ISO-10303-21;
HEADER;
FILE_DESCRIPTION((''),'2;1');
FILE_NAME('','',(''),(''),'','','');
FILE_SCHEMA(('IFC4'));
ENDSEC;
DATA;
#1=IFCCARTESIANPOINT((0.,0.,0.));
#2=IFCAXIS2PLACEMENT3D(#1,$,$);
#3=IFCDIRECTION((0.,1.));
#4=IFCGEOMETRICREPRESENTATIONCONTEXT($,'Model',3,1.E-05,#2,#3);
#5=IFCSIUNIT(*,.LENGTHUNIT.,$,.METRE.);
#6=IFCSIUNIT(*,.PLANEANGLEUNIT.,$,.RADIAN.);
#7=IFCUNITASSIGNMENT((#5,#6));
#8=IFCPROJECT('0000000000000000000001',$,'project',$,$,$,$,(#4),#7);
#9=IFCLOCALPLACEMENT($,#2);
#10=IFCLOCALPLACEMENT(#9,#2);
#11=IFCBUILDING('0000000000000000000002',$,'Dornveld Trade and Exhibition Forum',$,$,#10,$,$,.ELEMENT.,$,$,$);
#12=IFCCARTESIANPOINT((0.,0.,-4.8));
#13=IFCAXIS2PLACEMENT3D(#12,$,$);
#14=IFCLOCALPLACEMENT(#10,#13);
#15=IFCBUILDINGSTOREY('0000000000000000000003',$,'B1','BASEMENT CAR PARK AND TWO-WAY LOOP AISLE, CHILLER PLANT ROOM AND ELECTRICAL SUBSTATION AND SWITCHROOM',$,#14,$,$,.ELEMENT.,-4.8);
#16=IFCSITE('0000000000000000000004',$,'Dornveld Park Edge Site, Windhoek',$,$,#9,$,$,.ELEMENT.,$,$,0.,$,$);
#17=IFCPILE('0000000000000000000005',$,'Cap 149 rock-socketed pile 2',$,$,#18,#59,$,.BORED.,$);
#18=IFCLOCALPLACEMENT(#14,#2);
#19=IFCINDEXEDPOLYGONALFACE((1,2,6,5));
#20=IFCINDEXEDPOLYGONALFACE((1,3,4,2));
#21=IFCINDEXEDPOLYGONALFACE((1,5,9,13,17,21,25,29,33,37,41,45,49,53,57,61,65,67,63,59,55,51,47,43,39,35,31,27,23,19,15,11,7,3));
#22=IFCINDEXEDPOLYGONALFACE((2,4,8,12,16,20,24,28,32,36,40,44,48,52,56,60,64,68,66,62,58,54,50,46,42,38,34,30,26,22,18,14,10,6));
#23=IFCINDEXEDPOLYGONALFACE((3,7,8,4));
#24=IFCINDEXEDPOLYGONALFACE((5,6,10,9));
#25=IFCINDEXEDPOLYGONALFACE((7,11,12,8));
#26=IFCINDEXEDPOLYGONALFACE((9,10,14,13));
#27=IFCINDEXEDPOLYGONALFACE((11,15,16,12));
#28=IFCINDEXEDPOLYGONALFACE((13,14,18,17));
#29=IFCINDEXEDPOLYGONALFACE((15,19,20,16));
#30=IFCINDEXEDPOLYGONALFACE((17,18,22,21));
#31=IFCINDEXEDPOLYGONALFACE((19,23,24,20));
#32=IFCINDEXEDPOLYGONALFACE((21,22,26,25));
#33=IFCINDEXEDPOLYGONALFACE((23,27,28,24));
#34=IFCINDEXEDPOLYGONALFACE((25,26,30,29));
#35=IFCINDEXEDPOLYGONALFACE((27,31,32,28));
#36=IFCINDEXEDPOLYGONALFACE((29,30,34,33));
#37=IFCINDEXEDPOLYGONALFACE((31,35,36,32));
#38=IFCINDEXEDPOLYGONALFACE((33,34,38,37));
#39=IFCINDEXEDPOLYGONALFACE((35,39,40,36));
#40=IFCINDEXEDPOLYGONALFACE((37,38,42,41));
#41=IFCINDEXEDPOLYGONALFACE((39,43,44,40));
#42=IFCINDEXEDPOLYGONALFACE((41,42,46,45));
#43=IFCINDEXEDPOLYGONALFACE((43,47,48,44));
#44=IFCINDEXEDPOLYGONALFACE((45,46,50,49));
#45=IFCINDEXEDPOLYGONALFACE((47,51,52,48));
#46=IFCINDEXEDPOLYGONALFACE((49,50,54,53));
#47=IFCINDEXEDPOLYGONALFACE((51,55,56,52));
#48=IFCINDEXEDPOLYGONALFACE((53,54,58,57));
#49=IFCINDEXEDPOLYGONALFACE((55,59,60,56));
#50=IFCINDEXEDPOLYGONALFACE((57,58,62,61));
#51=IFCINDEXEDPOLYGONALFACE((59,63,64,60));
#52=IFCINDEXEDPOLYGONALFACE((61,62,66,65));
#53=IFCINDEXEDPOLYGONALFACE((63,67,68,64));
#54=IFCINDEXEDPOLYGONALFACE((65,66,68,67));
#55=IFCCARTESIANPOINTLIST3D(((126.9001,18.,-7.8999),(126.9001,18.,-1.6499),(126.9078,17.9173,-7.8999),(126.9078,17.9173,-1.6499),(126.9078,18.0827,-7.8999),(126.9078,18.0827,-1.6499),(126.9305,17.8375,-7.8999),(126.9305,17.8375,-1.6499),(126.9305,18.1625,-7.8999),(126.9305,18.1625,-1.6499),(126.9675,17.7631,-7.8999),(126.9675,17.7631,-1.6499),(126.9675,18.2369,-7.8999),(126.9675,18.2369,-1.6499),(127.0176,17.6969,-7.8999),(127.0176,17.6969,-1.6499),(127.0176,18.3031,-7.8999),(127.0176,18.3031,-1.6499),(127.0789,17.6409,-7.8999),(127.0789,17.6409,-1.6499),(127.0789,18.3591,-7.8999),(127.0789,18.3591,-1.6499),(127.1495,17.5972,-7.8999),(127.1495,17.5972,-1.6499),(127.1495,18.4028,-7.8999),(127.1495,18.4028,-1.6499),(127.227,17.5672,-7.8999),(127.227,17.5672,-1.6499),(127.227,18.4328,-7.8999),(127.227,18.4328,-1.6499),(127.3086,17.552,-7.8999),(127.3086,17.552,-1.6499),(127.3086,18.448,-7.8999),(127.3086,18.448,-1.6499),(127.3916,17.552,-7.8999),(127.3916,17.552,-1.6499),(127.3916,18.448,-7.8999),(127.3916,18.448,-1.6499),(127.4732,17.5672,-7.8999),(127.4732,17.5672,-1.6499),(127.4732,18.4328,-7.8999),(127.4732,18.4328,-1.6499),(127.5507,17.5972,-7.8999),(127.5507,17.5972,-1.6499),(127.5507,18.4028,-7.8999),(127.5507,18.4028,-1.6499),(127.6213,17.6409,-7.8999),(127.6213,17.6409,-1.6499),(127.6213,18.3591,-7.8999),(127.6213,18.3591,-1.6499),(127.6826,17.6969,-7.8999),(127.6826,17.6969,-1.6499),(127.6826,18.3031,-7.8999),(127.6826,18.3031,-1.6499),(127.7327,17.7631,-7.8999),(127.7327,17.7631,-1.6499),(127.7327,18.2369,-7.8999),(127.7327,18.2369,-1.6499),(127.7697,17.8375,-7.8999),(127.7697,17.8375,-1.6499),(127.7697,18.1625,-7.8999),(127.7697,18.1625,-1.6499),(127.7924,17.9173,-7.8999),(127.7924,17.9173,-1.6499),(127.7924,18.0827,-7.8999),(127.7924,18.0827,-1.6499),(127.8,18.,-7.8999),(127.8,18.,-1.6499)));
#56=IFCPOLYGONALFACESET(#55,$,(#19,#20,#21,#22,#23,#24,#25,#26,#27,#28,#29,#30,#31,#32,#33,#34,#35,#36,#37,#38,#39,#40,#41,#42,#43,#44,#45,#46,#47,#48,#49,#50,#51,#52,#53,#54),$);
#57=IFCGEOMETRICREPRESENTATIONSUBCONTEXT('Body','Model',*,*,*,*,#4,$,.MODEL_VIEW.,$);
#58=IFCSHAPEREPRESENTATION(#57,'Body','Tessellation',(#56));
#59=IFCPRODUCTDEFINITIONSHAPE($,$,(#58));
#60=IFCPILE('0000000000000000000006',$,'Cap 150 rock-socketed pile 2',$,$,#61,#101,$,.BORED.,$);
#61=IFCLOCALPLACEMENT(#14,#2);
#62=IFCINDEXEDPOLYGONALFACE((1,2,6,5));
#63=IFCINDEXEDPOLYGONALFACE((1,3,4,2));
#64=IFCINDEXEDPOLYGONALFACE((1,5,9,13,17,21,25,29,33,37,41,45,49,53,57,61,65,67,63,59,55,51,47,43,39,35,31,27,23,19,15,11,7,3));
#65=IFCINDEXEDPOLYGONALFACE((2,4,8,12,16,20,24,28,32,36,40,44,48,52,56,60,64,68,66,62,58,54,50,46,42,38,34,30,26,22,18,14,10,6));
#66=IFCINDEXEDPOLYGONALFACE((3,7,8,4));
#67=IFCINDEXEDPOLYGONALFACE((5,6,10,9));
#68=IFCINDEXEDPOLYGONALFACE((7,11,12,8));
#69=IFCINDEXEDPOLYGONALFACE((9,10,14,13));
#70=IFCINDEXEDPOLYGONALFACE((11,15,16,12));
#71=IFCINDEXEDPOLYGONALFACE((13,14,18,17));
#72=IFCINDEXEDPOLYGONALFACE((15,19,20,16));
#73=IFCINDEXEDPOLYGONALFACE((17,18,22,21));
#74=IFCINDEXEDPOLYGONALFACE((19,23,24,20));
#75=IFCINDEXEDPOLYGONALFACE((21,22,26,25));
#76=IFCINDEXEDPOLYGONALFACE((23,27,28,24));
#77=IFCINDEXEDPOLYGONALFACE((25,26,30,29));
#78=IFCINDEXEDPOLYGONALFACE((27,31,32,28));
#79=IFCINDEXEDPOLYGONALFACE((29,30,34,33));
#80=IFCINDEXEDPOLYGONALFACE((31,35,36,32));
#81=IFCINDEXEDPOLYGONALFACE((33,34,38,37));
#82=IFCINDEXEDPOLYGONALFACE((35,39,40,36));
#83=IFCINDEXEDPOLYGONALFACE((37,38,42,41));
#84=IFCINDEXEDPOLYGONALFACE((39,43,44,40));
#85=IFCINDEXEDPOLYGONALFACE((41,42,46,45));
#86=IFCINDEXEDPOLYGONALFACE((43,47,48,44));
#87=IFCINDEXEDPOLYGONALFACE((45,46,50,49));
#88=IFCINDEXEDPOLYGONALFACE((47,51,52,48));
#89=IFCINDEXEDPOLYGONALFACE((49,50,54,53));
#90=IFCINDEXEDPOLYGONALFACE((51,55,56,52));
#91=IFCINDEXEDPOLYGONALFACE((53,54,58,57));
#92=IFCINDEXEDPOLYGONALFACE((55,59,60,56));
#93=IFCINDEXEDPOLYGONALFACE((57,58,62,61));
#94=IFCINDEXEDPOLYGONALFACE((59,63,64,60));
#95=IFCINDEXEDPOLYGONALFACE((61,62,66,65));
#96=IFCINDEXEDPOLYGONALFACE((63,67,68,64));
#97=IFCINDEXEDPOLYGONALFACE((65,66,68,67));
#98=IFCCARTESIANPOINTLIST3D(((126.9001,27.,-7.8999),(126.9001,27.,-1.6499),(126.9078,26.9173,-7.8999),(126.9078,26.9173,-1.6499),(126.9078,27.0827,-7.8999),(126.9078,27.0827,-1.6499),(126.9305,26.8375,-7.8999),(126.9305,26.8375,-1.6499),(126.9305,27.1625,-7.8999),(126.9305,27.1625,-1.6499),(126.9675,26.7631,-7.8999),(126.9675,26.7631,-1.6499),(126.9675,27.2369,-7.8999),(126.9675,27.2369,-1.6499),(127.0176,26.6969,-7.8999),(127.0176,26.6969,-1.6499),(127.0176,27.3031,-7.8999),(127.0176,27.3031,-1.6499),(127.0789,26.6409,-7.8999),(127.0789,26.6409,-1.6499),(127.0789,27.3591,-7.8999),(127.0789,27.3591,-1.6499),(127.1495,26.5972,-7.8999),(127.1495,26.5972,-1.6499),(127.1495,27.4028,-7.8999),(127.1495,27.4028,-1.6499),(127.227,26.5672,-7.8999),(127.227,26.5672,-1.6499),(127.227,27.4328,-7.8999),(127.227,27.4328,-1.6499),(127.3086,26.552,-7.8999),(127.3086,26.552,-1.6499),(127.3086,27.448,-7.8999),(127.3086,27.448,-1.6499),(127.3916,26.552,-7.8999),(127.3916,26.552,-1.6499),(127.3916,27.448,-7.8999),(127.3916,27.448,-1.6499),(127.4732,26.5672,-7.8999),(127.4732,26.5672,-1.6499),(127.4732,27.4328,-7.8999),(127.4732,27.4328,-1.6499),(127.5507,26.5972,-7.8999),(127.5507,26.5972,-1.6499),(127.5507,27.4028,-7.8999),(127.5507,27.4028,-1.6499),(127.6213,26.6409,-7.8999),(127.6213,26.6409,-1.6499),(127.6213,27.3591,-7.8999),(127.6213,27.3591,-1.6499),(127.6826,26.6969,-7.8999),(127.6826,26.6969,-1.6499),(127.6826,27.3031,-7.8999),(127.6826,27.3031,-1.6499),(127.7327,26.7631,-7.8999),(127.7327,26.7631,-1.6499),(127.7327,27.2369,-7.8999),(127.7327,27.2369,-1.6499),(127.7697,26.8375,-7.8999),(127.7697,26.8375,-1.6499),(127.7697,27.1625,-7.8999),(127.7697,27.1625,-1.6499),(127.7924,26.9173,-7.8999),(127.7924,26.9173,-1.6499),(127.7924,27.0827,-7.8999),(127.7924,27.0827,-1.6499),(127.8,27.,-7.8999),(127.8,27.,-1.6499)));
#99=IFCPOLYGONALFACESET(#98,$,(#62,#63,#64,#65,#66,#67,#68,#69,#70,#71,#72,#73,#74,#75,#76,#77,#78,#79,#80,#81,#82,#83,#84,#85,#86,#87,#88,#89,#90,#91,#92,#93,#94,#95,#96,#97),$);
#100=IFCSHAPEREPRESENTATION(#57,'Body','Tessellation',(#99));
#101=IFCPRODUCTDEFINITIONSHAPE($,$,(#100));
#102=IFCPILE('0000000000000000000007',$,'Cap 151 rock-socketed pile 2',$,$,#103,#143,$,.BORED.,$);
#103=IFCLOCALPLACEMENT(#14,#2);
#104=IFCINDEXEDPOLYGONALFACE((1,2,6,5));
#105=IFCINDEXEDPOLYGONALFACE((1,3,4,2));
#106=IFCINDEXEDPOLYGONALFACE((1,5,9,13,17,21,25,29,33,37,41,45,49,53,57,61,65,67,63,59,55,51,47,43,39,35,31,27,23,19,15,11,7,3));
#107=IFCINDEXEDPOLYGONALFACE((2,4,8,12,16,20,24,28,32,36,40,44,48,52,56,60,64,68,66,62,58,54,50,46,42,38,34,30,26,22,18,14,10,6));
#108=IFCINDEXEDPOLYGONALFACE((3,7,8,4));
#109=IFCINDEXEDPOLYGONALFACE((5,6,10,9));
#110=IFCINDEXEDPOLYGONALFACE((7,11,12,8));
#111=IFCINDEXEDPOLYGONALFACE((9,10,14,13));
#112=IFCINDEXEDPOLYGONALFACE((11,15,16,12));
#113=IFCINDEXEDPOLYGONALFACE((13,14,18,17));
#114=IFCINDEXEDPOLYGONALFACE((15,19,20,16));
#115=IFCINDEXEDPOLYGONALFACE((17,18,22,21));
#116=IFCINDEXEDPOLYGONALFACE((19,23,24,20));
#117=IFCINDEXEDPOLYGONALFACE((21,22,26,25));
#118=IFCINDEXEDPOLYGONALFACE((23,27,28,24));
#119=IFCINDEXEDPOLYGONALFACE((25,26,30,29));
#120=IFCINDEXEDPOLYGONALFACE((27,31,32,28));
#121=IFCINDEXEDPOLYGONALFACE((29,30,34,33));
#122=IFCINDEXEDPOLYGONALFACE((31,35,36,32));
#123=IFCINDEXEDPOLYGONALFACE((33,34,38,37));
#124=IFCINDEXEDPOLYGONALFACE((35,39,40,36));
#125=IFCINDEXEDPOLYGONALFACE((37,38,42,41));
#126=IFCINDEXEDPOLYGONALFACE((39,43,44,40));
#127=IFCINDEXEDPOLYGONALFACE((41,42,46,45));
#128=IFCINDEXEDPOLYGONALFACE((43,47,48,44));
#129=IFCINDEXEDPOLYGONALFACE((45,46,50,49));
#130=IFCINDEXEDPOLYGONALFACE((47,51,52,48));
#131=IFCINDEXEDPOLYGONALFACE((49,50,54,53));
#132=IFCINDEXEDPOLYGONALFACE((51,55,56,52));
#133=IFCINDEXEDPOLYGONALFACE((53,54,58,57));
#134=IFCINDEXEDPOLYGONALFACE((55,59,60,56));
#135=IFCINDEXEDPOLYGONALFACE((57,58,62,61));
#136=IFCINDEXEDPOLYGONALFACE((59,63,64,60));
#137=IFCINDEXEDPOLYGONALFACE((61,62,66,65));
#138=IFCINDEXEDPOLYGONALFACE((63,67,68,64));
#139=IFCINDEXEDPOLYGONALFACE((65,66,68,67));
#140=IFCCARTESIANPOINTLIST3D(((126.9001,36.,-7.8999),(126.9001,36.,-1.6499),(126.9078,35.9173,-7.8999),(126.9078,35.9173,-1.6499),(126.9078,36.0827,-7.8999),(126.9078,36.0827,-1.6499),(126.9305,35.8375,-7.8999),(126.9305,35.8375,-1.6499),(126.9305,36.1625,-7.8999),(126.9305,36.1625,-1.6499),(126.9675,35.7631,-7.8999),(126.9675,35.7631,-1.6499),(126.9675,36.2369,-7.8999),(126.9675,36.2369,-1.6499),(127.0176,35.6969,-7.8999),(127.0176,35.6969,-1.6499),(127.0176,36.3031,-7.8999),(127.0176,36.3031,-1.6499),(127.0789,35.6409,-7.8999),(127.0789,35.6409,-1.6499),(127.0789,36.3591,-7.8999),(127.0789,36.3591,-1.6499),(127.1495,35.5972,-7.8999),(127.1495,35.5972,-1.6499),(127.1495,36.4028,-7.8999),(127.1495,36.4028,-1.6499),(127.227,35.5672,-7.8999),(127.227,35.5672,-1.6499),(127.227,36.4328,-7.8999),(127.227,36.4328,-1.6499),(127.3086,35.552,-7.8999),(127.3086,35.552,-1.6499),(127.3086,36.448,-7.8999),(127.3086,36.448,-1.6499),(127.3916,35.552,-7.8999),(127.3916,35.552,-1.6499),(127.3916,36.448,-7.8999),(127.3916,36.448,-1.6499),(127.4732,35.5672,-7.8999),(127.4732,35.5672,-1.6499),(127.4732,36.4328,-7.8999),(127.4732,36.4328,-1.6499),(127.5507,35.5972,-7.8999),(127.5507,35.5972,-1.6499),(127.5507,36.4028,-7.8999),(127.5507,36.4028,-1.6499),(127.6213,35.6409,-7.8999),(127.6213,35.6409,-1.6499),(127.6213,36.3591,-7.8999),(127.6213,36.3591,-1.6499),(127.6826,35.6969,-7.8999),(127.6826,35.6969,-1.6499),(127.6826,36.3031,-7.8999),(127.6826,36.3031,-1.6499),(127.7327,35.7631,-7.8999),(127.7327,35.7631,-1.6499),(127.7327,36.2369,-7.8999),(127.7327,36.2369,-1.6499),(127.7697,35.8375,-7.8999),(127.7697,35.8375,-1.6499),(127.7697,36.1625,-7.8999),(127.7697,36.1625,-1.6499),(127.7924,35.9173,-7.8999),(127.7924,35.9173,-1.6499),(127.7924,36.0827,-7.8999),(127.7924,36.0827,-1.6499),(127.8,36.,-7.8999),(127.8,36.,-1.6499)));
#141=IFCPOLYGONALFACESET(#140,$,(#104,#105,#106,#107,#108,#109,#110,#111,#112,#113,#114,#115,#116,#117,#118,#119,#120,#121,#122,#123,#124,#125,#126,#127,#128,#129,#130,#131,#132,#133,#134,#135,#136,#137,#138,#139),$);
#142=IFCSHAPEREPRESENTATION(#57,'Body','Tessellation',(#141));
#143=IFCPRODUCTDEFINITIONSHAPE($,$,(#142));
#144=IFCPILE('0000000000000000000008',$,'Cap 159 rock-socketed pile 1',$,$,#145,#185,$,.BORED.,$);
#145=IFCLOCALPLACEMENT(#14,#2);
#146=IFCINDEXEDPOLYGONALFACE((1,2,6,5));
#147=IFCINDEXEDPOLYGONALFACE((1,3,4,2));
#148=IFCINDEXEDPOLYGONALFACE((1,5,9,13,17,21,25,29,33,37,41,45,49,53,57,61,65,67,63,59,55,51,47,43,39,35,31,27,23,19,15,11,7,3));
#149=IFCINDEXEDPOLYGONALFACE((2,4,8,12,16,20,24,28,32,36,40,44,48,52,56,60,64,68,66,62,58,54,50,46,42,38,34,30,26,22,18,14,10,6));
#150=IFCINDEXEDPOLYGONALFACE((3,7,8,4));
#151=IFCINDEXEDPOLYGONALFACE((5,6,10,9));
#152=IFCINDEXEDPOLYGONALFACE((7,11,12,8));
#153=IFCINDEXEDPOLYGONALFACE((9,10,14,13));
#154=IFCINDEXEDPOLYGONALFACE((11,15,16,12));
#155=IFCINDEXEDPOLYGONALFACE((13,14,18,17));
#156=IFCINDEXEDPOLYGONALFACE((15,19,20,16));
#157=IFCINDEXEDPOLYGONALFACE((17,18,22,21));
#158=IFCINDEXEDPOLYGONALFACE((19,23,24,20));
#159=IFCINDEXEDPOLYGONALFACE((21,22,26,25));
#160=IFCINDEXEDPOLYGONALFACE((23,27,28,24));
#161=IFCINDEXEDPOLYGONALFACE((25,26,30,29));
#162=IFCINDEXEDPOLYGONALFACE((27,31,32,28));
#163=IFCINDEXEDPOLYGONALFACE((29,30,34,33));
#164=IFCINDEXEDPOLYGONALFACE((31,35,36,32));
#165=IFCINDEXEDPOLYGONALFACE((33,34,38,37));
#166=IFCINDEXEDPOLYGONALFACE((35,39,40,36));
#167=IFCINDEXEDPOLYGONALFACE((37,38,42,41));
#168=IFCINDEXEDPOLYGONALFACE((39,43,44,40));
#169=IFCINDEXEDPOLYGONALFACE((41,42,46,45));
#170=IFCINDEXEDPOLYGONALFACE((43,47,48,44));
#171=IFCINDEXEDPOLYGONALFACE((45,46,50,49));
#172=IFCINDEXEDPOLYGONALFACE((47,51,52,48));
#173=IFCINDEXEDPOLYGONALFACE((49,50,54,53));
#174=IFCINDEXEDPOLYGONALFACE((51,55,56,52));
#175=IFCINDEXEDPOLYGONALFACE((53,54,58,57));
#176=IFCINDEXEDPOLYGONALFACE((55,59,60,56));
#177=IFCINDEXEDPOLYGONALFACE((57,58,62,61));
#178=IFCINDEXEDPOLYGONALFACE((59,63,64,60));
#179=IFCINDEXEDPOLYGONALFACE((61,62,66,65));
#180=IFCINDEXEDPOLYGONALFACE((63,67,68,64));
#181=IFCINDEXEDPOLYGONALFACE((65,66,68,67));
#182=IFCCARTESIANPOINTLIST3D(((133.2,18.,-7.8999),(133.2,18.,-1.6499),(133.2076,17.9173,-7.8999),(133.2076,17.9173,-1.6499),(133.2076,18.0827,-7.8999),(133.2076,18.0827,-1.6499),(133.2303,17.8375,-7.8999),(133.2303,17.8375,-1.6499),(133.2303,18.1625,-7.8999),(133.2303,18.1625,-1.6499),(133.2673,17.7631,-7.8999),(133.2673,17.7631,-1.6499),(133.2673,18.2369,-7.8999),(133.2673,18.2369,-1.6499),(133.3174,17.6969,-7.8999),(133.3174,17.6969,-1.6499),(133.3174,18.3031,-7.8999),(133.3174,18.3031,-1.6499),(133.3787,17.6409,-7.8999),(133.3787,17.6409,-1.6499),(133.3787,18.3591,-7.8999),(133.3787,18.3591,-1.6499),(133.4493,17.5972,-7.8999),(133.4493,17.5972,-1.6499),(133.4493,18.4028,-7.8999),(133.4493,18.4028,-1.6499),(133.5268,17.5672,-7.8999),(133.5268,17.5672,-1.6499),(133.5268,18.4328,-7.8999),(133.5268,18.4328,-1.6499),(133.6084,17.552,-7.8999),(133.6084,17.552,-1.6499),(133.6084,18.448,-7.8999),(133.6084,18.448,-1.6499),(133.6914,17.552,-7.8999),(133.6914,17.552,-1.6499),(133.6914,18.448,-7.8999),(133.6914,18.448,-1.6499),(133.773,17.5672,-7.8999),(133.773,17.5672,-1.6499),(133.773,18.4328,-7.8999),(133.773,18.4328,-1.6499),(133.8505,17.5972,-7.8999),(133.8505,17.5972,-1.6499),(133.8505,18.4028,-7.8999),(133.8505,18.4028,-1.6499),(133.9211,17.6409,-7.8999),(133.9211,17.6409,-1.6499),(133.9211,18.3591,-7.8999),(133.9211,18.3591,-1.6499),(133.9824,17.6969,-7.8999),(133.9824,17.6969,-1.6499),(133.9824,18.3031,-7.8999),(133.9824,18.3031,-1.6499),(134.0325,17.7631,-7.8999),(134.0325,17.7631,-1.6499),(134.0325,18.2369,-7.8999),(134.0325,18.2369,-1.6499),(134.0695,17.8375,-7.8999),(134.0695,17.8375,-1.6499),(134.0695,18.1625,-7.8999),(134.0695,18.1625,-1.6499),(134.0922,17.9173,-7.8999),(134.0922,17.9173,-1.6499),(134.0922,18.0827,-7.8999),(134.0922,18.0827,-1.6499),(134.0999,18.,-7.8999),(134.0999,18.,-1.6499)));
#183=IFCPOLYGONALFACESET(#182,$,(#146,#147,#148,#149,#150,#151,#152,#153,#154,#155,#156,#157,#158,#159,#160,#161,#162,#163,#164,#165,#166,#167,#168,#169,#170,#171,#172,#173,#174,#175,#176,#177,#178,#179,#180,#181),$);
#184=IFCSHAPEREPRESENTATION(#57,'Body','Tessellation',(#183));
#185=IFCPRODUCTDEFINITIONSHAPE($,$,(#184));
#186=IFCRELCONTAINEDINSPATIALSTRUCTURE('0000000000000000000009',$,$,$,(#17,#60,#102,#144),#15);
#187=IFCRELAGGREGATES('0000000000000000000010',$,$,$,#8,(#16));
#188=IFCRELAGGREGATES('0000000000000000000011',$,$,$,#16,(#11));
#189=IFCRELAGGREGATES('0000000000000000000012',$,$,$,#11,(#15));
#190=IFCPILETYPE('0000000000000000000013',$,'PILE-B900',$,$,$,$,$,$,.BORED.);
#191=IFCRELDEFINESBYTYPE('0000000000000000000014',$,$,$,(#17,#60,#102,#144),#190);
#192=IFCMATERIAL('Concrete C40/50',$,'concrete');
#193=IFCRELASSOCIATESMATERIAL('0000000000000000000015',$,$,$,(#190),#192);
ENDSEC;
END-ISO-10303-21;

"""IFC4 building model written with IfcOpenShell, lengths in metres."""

from ifc_helpers import new_model, si_unit, direction, frame, origin, origin_2d, place, context, subcontext, project, spatial, circle, extrude, material, material_profile, profile_set, type_object, element, save


model = new_model("IFC4")

# Units and contexts
model_context = context("Model", 3, precision=1e-05, world=origin(), true_north=direction((0.0, 1.0)))
body_context = subcontext(model_context, "Body", "Model", "MODEL_VIEW")
ifc_project = project(units=[si_unit("LENGTHUNIT", "METRE"), si_unit("PLANEANGLEUNIT", "RADIAN")], contexts=[model_context])

# Site, building, storey
site_placement = place(None, origin())
site = spatial("IfcSite", under=ifc_project, at=site_placement, Name="Dornveld Park Edge Site, Windhoek", CompositionType="ELEMENT", RefElevation=0.0)
building_placement = place(site_placement, origin())
building = spatial("IfcBuilding", under=site, at=building_placement, Name="Dornveld Trade and Exhibition Forum", CompositionType="ELEMENT")
storey_placement = place(building_placement, frame((0.0, 0.0, -4.8)))
storey = spatial("IfcBuildingStorey", under=building, at=storey_placement, Name="B1", Description="BASEMENT CAR PARK AND TWO-WAY LOOP AISLE, CHILLER PLANT ROOM AND ELECTRICAL SUBSTATION AND SWITCHROOM", CompositionType="ELEMENT", Elevation=-4.8)

# Piles
ifc_material_1 = material(Name="Concrete C40/50", Category="concrete")
ifc_material_profile_1 = material_profile(ifc_material_1, circle(Radius=0.45, at=origin_2d()), Name="PILE D900")
ifc_profile_set_1 = profile_set([ifc_material_profile_1], Name="Concrete C40/50")
pile_type = type_object("IfcPileType", Name="PILE-B900", PredefinedType="BORED", material=ifc_profile_set_1)
for number, where, z_axis, x_axis, name in (
    (1, (127.3501, 18.0, -1.6499), (0.0, 0.0, -1.0), (1.0, 0.0, 0.0), "Cap 149 rock-socketed pile 2"),
    (2, (127.3501, 27.0, -1.6499), (0.0, 0.0, -1.0), (1.0, 0.0, 0.0), "Cap 150 rock-socketed pile 2"),
    (3, (127.3501, 36.0, -1.6499), (0.0, 0.0, -1.0), (1.0, 0.0, 0.0), "Cap 151 rock-socketed pile 2"),
    (4, (133.6499, 18.0, -1.6499), (0.0, 0.0, -1.0), (1.0, 0.0, 0.0), "Cap 159 rock-socketed pile 1"),
):
    element("IfcPile", number, at=place(storey_placement, frame(where, z_axis=z_axis, x_axis=x_axis)), inside=storey, type_object=pile_type, Name=name, PredefinedType="BORED", context=body_context, shape_type="SweptSolid", body=[
        extrude(circle(Radius=0.45, at=origin_2d()), origin(), (0.0, 0.0, 1.0), 6.25),
    ])

save(model, "model.ifc")
